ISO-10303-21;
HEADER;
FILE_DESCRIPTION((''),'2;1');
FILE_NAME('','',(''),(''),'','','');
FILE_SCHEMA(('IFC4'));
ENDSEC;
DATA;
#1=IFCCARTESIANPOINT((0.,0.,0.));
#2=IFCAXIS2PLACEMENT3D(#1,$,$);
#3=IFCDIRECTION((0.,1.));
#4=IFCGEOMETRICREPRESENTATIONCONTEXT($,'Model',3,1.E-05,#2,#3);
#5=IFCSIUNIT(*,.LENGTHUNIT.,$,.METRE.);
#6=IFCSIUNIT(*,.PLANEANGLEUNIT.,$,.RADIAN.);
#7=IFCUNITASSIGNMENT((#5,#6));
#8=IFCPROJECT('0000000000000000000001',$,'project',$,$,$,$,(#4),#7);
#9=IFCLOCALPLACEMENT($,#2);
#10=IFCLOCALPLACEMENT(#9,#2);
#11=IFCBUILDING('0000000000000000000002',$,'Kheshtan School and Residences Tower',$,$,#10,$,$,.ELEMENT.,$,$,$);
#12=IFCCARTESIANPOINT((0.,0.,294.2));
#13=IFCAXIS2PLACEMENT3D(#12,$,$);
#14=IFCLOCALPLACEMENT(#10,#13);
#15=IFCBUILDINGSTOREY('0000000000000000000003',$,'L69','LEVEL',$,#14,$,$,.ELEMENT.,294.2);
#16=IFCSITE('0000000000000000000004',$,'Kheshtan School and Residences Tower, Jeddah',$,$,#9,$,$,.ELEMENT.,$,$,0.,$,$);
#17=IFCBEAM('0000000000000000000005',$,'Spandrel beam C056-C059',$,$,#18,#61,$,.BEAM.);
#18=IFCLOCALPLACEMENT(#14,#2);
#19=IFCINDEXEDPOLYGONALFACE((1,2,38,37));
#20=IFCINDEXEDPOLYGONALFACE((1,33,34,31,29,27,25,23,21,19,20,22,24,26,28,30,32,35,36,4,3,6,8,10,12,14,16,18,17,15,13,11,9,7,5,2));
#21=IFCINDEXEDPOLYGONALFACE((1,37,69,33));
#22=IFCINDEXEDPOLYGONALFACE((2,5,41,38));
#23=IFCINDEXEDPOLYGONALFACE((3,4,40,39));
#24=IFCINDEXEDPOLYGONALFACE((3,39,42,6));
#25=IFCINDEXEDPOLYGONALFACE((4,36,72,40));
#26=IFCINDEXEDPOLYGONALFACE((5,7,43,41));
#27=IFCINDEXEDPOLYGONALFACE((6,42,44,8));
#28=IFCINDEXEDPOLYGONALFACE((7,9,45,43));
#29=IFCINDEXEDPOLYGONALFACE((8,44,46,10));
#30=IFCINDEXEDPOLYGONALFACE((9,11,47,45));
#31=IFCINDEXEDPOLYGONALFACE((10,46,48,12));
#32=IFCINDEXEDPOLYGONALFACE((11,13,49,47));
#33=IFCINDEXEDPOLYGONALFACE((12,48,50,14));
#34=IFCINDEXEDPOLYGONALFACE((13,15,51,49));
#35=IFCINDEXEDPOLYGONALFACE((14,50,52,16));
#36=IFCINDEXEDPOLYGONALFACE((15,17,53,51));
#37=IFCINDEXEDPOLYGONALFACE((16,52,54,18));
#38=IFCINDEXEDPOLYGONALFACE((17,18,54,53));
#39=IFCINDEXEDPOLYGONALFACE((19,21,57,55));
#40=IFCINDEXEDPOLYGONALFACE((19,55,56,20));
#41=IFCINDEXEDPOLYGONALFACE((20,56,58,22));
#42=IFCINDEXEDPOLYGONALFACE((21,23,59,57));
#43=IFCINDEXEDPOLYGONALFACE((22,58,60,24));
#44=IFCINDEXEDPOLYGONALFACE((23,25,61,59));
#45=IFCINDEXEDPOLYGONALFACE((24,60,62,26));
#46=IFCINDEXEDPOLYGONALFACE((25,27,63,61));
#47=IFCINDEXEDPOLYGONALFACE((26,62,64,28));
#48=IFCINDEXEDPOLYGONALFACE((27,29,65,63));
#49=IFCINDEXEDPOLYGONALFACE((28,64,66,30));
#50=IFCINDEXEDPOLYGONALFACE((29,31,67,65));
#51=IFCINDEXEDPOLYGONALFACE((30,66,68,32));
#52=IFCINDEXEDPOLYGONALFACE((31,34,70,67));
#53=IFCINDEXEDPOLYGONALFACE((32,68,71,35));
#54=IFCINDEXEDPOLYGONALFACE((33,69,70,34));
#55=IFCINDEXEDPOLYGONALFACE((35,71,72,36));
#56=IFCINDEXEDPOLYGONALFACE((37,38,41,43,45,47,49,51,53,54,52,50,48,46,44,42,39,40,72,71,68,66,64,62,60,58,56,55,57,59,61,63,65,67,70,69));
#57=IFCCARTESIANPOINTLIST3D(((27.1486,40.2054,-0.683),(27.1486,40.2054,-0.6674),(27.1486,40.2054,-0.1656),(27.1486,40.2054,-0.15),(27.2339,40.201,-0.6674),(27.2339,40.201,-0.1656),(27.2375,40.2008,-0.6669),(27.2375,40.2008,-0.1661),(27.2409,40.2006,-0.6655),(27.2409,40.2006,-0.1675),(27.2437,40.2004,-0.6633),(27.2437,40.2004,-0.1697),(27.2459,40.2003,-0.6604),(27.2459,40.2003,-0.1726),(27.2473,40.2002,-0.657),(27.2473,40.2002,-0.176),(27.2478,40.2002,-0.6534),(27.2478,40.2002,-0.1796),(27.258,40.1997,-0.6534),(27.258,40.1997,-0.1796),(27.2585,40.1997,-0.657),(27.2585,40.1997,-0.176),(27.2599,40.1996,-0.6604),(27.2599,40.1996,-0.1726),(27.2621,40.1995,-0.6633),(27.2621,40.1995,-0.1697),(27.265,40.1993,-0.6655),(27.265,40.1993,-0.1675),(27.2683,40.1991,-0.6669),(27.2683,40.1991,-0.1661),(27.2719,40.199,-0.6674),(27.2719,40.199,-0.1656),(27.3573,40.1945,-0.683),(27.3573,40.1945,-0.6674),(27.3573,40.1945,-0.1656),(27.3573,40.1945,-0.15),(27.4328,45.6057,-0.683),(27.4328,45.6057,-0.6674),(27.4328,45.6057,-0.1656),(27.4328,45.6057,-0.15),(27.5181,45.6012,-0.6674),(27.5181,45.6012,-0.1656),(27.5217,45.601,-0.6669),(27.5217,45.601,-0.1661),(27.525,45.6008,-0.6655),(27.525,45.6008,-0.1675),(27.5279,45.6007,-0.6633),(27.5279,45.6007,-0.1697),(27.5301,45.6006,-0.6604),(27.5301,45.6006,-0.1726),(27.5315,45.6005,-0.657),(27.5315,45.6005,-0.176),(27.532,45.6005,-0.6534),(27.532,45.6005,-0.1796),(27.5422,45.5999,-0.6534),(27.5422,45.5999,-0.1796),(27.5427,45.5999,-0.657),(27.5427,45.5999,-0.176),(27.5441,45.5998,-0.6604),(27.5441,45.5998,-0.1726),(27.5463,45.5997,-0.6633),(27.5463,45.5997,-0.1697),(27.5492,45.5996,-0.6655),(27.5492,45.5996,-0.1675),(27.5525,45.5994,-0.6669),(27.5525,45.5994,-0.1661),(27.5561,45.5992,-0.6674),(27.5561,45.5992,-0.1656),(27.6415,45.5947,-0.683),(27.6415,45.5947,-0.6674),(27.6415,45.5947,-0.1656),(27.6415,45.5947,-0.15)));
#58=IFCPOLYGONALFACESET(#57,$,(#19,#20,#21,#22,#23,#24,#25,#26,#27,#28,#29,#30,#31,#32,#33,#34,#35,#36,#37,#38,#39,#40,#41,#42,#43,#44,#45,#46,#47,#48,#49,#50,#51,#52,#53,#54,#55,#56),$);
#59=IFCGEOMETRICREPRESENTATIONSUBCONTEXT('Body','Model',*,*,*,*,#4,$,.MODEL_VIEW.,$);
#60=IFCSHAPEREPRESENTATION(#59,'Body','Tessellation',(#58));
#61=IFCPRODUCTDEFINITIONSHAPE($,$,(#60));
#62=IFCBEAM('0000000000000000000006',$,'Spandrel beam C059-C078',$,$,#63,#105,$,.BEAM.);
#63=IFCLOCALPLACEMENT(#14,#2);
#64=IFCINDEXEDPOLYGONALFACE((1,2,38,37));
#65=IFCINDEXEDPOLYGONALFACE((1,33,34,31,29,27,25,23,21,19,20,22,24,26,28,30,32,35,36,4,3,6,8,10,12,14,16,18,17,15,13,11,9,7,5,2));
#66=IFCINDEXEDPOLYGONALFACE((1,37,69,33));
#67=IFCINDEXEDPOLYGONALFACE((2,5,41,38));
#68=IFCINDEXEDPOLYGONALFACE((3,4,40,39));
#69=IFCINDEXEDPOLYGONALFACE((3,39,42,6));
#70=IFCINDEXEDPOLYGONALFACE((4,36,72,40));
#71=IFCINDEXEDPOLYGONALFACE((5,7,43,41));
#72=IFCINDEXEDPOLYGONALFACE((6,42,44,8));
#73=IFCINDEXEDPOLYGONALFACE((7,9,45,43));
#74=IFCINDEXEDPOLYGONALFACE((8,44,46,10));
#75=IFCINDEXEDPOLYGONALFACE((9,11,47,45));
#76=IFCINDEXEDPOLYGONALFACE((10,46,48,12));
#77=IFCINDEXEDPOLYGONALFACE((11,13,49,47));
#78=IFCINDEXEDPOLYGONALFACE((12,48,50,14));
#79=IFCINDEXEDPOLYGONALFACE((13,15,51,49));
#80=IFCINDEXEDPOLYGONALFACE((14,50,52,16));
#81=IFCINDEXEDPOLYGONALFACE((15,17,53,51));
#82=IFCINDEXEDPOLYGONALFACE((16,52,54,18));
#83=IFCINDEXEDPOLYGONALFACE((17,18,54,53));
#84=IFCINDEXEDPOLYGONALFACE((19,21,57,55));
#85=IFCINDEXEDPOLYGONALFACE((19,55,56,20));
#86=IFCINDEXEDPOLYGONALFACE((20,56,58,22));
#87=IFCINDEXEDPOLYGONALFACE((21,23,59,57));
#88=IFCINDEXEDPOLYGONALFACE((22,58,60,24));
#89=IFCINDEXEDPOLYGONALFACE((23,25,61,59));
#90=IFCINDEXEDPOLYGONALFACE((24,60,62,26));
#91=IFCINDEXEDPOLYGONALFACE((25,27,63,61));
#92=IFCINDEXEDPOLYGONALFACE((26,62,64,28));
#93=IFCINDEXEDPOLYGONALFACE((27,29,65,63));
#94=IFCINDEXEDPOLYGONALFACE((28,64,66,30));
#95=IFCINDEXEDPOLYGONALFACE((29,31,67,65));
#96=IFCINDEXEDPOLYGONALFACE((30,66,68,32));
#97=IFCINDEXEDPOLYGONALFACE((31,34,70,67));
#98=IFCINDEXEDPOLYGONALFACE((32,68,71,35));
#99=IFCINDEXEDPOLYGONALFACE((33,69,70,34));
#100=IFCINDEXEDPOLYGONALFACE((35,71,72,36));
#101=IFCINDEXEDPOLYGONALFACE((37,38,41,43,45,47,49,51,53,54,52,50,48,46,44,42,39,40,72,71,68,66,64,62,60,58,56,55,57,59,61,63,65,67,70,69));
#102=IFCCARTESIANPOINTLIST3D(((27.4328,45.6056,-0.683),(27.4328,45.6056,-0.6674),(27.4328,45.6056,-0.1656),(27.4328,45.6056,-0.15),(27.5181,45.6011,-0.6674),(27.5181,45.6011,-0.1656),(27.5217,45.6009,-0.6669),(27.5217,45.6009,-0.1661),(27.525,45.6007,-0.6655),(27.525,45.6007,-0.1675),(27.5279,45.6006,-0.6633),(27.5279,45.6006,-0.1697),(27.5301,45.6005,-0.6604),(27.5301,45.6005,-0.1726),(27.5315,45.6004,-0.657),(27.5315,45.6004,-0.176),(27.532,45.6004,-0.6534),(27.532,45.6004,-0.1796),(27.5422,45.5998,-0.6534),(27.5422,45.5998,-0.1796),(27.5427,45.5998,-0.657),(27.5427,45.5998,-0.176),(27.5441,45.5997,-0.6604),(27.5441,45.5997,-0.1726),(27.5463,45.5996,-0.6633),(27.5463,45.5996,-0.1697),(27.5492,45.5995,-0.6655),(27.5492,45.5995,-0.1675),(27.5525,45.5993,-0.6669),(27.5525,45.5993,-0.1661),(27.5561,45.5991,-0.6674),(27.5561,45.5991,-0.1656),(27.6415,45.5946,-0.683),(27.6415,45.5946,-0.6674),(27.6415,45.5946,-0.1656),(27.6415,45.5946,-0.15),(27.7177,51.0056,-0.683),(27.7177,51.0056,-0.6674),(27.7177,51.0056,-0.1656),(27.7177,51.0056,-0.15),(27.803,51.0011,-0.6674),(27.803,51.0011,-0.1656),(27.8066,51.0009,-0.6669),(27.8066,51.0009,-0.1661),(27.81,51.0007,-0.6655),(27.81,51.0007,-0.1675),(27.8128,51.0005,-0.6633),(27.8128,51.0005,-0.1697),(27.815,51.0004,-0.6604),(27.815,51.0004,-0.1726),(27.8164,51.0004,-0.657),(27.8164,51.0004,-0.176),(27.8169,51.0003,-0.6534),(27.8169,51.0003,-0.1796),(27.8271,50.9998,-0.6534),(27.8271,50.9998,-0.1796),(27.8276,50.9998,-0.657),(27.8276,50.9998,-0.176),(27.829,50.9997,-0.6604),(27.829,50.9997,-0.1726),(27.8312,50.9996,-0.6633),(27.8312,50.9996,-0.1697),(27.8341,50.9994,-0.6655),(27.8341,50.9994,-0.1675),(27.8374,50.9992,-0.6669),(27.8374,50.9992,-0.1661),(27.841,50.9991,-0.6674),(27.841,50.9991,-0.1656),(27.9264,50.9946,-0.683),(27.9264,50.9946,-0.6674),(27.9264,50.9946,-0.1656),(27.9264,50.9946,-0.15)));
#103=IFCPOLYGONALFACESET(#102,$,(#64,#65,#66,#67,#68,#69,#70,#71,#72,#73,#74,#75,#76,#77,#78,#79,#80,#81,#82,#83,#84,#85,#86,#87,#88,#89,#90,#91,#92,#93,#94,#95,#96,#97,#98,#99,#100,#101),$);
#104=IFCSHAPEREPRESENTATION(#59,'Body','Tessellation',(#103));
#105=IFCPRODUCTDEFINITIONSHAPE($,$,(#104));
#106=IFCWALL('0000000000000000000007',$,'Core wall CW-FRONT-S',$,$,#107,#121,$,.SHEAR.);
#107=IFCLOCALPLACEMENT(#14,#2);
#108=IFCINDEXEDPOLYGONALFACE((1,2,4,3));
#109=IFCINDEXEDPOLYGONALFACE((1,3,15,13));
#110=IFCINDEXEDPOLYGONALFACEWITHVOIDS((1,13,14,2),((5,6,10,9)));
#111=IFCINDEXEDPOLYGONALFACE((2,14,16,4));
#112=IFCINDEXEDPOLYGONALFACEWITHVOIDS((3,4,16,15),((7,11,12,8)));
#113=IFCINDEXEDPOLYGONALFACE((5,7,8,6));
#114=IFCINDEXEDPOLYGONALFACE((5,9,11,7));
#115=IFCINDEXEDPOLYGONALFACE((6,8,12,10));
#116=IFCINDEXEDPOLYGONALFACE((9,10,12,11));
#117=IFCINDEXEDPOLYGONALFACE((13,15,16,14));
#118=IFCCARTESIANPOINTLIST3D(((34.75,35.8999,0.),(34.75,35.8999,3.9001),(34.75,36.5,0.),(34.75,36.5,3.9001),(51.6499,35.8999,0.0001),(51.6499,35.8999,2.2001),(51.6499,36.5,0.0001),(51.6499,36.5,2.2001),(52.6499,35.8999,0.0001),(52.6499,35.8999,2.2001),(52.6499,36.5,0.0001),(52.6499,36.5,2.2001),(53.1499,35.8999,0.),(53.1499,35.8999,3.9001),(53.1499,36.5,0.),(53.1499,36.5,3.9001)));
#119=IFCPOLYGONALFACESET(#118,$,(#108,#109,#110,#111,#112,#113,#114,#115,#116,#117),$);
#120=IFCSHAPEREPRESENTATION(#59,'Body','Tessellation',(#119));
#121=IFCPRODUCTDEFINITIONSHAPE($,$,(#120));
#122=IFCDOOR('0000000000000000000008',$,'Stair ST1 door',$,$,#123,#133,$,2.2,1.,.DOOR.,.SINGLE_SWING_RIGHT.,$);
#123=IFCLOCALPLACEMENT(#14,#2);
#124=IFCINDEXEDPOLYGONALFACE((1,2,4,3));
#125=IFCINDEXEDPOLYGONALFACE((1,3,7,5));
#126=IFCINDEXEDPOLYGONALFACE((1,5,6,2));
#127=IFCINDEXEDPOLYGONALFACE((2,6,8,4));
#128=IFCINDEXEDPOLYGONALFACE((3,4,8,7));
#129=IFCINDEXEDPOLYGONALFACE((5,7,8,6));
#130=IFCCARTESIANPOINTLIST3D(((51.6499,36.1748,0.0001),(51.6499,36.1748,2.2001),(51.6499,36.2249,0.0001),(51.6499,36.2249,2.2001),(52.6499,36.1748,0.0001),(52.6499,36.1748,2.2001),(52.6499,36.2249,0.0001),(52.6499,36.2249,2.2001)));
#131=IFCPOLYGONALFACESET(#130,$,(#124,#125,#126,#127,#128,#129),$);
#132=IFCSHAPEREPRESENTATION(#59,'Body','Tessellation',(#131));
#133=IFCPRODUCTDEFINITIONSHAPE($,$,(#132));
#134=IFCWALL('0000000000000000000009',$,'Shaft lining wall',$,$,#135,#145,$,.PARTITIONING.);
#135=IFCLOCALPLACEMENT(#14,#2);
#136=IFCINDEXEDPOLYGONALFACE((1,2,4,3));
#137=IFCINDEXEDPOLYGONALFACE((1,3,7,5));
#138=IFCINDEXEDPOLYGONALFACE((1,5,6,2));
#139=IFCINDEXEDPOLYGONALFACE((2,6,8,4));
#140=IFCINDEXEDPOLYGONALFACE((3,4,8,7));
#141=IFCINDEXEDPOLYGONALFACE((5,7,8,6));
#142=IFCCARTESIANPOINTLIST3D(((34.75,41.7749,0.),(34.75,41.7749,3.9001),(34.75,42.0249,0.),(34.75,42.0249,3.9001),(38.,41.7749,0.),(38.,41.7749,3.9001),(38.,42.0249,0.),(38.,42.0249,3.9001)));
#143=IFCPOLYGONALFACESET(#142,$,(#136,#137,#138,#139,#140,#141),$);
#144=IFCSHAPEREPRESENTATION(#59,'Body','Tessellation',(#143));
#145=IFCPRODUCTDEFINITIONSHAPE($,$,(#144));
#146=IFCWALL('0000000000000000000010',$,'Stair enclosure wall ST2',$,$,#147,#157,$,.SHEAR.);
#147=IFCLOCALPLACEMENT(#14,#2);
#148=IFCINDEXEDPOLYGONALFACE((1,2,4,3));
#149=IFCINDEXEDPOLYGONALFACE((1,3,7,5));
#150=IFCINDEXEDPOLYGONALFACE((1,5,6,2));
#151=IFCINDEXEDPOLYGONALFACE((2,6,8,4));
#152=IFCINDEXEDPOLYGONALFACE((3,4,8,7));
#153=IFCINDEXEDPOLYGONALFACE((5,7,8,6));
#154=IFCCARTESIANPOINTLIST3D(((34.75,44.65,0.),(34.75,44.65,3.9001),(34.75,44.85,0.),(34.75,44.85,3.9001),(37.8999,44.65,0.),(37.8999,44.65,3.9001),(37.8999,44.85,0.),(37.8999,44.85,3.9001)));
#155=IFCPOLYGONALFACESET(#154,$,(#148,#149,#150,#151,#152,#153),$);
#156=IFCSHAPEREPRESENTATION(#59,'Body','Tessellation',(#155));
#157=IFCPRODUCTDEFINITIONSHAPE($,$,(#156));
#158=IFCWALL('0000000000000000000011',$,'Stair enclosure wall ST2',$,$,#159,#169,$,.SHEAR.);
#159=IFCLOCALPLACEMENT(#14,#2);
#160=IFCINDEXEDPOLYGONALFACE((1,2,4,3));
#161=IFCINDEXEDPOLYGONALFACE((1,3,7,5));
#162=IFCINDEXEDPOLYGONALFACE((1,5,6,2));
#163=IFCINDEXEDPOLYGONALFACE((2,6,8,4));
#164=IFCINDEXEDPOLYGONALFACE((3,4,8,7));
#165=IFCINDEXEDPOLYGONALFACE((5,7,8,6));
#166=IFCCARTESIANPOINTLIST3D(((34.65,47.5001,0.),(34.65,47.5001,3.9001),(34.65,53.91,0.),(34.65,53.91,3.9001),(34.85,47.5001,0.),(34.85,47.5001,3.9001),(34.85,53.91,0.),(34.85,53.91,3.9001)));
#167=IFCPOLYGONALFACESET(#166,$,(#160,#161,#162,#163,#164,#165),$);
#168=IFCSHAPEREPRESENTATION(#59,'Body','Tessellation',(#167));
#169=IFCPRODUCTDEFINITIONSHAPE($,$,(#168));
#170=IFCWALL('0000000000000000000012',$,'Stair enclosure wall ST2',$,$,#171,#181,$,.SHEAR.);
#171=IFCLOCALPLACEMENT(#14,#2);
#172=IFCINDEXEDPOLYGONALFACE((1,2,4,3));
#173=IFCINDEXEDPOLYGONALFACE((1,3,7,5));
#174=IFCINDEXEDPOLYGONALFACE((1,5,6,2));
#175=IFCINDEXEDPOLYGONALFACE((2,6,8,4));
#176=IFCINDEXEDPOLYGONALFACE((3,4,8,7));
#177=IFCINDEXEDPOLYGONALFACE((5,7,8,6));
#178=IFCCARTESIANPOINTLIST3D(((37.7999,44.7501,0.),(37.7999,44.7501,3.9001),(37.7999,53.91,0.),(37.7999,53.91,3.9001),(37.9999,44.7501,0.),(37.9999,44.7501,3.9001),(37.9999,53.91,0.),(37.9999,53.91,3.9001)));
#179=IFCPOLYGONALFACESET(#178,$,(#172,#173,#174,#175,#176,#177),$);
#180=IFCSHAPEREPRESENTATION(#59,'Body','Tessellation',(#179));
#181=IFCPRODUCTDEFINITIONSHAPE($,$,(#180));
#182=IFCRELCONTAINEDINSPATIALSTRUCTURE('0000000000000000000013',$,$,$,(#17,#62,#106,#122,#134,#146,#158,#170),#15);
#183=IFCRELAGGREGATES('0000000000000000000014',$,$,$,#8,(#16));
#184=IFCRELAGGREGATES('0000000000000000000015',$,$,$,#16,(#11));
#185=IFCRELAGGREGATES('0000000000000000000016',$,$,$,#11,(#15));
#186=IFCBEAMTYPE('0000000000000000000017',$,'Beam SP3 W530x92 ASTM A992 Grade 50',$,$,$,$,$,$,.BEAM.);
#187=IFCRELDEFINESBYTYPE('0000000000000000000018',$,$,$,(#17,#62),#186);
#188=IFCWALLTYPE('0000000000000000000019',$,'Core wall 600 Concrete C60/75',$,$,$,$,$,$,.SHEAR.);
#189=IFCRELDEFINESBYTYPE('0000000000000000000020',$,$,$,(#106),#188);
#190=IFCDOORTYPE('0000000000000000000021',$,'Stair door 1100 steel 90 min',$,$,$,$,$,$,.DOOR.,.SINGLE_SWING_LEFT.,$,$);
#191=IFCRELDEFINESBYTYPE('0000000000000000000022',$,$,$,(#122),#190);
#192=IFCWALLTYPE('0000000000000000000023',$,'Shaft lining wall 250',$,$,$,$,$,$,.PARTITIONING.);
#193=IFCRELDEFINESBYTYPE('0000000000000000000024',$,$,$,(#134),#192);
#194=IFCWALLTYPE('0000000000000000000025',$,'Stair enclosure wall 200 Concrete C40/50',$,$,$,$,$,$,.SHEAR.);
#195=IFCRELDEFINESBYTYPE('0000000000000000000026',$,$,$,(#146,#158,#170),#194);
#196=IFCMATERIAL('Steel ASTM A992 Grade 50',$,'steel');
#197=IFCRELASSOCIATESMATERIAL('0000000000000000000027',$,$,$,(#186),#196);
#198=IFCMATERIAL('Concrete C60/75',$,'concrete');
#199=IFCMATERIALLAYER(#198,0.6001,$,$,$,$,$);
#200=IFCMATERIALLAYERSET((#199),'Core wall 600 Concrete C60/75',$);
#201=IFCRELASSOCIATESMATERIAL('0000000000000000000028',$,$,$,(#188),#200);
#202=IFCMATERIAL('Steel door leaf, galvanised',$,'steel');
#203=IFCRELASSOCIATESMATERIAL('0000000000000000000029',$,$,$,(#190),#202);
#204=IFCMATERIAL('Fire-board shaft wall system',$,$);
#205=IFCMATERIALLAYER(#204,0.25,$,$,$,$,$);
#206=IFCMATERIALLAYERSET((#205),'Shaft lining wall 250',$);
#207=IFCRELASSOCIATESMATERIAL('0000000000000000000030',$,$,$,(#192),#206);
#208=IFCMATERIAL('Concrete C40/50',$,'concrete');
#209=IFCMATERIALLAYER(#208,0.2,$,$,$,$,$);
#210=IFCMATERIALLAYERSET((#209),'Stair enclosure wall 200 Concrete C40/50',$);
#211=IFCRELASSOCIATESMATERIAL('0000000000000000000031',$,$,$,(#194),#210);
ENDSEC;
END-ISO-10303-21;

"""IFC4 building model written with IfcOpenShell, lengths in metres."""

from ifc_helpers import new_model, si_unit, direction, frame, frame_2d, origin, origin_2d, place, context, subcontext, project, spatial, rectangle, i_section, extrude, source, transform, mapped, material, layer, layer_set, material_profile, profile_set, type_object, element, fill, save


model = new_model("IFC4")

# Units and contexts
model_context = context("Model", 3, precision=1e-05, world=origin(), true_north=direction((0.0, 1.0)))
body_context = subcontext(model_context, "Body", "Model", "MODEL_VIEW")
ifc_project = project(units=[si_unit("LENGTHUNIT", "METRE"), si_unit("PLANEANGLEUNIT", "RADIAN")], contexts=[model_context])

# Site, building, storey
site_placement = place(None, origin())
site = spatial("IfcSite", under=ifc_project, at=site_placement, Name="Kheshtan School and Residences Tower, Jeddah", CompositionType="ELEMENT", RefElevation=0.0)
building_placement = place(site_placement, origin())
building = spatial("IfcBuilding", under=site, at=building_placement, Name="Kheshtan School and Residences Tower", CompositionType="ELEMENT")
storey_placement = place(building_placement, frame((0.0, 0.0, 294.2)))
storey = spatial("IfcBuildingStorey", under=building, at=storey_placement, Name="L69", Description="LEVEL", CompositionType="ELEMENT", Elevation=294.2)

# Shared definitions
ifc_material_1 = material(Name="Steel ASTM A992 Grade 50", Category="steel")

# Beams
ifc_material_profile_1 = material_profile(ifc_material_1, i_section(OverallWidth=0.209, OverallDepth=0.533, WebThickness=0.0103, FlangeThickness=0.0156, FilletRadius=0.0139, at=origin_2d()), Name="W530x92")
ifc_profile_set_1 = profile_set([ifc_material_profile_1], Name="Steel ASTM A992 Grade 50")
beam_type_1 = type_object("IfcBeamType", Name="Beam SP3 W530x92 ASTM A992 Grade 50", PredefinedType="BEAM", material=ifc_profile_set_1)
beam_1_placement = place(storey_placement, frame((27.2529, 40.2, -0.4165), z_axis=(0.052552, 0.998618, 0.0), x_axis=(-0.998618, 0.052552, 0.0)))
element("IfcBeam", 1, at=beam_1_placement, inside=storey, type_object=beam_type_1, Name="Spandrel beam C056-C059", PredefinedType="BEAM", context=body_context, shape_type="SweptSolid", body=[
    extrude(i_section(OverallWidth=0.209, OverallDepth=0.533, WebThickness=0.0103, FlangeThickness=0.0156, FilletRadius=0.0139, at=origin_2d()), origin(), (0.0, 0.0, 1.0), 5.4077),
])
beam_2_placement = place(storey_placement, frame((27.5371, 45.6001, -0.4165), z_axis=(0.052689, 0.998611, 0.0), x_axis=(-0.998611, 0.052689, 0.0)))
element("IfcBeam", 2, at=beam_2_placement, inside=storey, type_object=beam_type_1, Name="Spandrel beam C059-C078", PredefinedType="BEAM", context=body_context, shape_type="SweptSolid", body=[
    extrude(i_section(OverallWidth=0.209, OverallDepth=0.533, WebThickness=0.0103, FlangeThickness=0.0156, FilletRadius=0.0139, at=origin_2d()), origin(), (0.0, 0.0, 1.0), 5.4075),
])

# Wall, opening, door
ifc_material_2 = material(Name="Concrete C60/75", Category="concrete")
ifc_layer_1 = layer(ifc_material_2, 0.6001)
ifc_layer_set_1 = layer_set([ifc_layer_1], Name="Core wall 600 Concrete C60/75")
wall_type_1 = type_object("IfcWallType", Name="Core wall 600 Concrete C60/75", PredefinedType="SHEAR", material=ifc_layer_set_1)
wall_1_placement = place(storey_placement, frame((34.75, 36.2, 0.0), z_axis=(0.0, 0.0, 1.0), x_axis=(1.0, 0.0, 0.0)))
wall_1 = element("IfcWall", 3, at=wall_1_placement, inside=storey, type_object=wall_type_1, Name="Core wall CW-FRONT-S", PredefinedType="SHEAR", context=body_context, shape_type="SweptSolid", body=[
    extrude(rectangle(XDim=18.3999, YDim=0.6001, at=frame_2d((9.2, 0.0))), origin(), (0.0, 0.0, 1.0), 3.9001),
])
opening_placement = place(wall_1_placement, frame((16.8999, 0.0, 0.0)))
opening = element("IfcOpeningElement", 4, at=opening_placement, cuts=wall_1, PredefinedType="OPENING", context=body_context, shape_type="SweptSolid", body=[
    extrude(rectangle(XDim=1.0, YDim=2.2, at=frame_2d((0.5, 1.1001))), frame((0.0, 0.3101, 0.0), z_axis=(0.0, -1.0, 0.0), x_axis=(1.0, 0.0, 0.0)), (0.0, 0.0, 1.0), 0.6201),
])
ifc_material_3 = material(Name="Steel door leaf, galvanised", Category="steel")
door_type = type_object("IfcDoorType", Name="Stair door 1100 steel 90 min", OperationType="SINGLE_SWING_LEFT", PredefinedType="DOOR", material=ifc_material_3)
shared_shape = source(origin(), body_context, "Body", "SweptSolid", [
    extrude(rectangle(XDim=1.0, YDim=2.2, at=frame_2d((0.5, 1.1001))), frame((0.0, 0.0249, 0.0), z_axis=(0.0, -1.0, 0.0), x_axis=(1.0, 0.0, 0.0)), (0.0, 0.0, 1.0), 0.05),
])
door_placement = place(opening_placement, origin())
door = element("IfcDoor", 5, at=door_placement, inside=storey, type_object=door_type, Name="Stair ST1 door", OperationType="SINGLE_SWING_RIGHT", OverallHeight=2.2, OverallWidth=1.0, PredefinedType="DOOR", context=body_context, shape_type="MappedRepresentation", body=[
    mapped(shared_shape, transform((0.0, 0.0, 0.0), x_axis=(1.0, 0.0, 0.0), y_axis=(0.0, 1.0, 0.0), z_axis=(0.0, 0.0, 1.0), scale=1.0)),
])
fill(opening, door)

# Walls
ifc_material_4 = material(Name="Fire-board shaft wall system")
ifc_layer_2 = layer(ifc_material_4, 0.25)
ifc_layer_set_2 = layer_set([ifc_layer_2], Name="Shaft lining wall 250")
wall_type_2 = type_object("IfcWallType", Name="Shaft lining wall 250", PredefinedType="PARTITIONING", material=ifc_layer_set_2)
wall_2_placement = place(storey_placement, frame((34.75, 41.8999, 0.0), z_axis=(0.0, 0.0, 1.0), x_axis=(1.0, 0.0, 0.0)))
element("IfcWall", 6, at=wall_2_placement, inside=storey, type_object=wall_type_2, Name="Shaft lining wall", PredefinedType="PARTITIONING", context=body_context, shape_type="SweptSolid", body=[
    extrude(rectangle(XDim=3.25, YDim=0.25, at=frame_2d((1.625, 0.0))), origin(), (0.0, 0.0, 1.0), 3.9001),
])
ifc_material_5 = material(Name="Concrete C40/50", Category="concrete")
ifc_layer_3 = layer(ifc_material_5, 0.2)
ifc_layer_set_3 = layer_set([ifc_layer_3], Name="Stair enclosure wall 200 Concrete C40/50")
wall_type_3 = type_object("IfcWallType", Name="Stair enclosure wall 200 Concrete C40/50", PredefinedType="SHEAR", material=ifc_layer_set_3)
wall_3_placement = place(storey_placement, frame((34.75, 44.75, 0.0), z_axis=(0.0, 0.0, 1.0), x_axis=(1.0, 0.0, 0.0)))
element("IfcWall", 7, at=wall_3_placement, inside=storey, type_object=wall_type_3, Name="Stair enclosure wall ST2", PredefinedType="SHEAR", context=body_context, shape_type="SweptSolid", body=[
    extrude(rectangle(XDim=3.1499, YDim=0.2, at=frame_2d((1.575, 0.0))), origin(), (0.0, 0.0, 1.0), 3.9001),
])
wall_4_placement = place(storey_placement, frame((34.75, 47.5, 0.0), z_axis=(0.0, 0.0, 1.0), x_axis=(0.0, 1.0, 0.0)))
element("IfcWall", 8, at=wall_4_placement, inside=storey, type_object=wall_type_3, Name="Stair enclosure wall ST2", PredefinedType="SHEAR", context=body_context, shape_type="SweptSolid", body=[
    extrude(rectangle(XDim=6.4099, YDim=0.2, at=frame_2d((3.2051, 0.0))), origin(), (0.0, 0.0, 1.0), 3.9001),
])
wall_5_placement = place(storey_placement, frame((37.8999, 44.75, 0.0), z_axis=(0.0, 0.0, 1.0), x_axis=(0.0, 1.0, 0.0)))
element("IfcWall", 9, at=wall_5_placement, inside=storey, type_object=wall_type_3, Name="Stair enclosure wall ST2", PredefinedType="SHEAR", context=body_context, shape_type="SweptSolid", body=[
    extrude(rectangle(XDim=9.1599, YDim=0.2, at=frame_2d((4.5801, 0.0))), origin(), (0.0, 0.0, 1.0), 3.9001),
])

save(model, "model.ifc")
